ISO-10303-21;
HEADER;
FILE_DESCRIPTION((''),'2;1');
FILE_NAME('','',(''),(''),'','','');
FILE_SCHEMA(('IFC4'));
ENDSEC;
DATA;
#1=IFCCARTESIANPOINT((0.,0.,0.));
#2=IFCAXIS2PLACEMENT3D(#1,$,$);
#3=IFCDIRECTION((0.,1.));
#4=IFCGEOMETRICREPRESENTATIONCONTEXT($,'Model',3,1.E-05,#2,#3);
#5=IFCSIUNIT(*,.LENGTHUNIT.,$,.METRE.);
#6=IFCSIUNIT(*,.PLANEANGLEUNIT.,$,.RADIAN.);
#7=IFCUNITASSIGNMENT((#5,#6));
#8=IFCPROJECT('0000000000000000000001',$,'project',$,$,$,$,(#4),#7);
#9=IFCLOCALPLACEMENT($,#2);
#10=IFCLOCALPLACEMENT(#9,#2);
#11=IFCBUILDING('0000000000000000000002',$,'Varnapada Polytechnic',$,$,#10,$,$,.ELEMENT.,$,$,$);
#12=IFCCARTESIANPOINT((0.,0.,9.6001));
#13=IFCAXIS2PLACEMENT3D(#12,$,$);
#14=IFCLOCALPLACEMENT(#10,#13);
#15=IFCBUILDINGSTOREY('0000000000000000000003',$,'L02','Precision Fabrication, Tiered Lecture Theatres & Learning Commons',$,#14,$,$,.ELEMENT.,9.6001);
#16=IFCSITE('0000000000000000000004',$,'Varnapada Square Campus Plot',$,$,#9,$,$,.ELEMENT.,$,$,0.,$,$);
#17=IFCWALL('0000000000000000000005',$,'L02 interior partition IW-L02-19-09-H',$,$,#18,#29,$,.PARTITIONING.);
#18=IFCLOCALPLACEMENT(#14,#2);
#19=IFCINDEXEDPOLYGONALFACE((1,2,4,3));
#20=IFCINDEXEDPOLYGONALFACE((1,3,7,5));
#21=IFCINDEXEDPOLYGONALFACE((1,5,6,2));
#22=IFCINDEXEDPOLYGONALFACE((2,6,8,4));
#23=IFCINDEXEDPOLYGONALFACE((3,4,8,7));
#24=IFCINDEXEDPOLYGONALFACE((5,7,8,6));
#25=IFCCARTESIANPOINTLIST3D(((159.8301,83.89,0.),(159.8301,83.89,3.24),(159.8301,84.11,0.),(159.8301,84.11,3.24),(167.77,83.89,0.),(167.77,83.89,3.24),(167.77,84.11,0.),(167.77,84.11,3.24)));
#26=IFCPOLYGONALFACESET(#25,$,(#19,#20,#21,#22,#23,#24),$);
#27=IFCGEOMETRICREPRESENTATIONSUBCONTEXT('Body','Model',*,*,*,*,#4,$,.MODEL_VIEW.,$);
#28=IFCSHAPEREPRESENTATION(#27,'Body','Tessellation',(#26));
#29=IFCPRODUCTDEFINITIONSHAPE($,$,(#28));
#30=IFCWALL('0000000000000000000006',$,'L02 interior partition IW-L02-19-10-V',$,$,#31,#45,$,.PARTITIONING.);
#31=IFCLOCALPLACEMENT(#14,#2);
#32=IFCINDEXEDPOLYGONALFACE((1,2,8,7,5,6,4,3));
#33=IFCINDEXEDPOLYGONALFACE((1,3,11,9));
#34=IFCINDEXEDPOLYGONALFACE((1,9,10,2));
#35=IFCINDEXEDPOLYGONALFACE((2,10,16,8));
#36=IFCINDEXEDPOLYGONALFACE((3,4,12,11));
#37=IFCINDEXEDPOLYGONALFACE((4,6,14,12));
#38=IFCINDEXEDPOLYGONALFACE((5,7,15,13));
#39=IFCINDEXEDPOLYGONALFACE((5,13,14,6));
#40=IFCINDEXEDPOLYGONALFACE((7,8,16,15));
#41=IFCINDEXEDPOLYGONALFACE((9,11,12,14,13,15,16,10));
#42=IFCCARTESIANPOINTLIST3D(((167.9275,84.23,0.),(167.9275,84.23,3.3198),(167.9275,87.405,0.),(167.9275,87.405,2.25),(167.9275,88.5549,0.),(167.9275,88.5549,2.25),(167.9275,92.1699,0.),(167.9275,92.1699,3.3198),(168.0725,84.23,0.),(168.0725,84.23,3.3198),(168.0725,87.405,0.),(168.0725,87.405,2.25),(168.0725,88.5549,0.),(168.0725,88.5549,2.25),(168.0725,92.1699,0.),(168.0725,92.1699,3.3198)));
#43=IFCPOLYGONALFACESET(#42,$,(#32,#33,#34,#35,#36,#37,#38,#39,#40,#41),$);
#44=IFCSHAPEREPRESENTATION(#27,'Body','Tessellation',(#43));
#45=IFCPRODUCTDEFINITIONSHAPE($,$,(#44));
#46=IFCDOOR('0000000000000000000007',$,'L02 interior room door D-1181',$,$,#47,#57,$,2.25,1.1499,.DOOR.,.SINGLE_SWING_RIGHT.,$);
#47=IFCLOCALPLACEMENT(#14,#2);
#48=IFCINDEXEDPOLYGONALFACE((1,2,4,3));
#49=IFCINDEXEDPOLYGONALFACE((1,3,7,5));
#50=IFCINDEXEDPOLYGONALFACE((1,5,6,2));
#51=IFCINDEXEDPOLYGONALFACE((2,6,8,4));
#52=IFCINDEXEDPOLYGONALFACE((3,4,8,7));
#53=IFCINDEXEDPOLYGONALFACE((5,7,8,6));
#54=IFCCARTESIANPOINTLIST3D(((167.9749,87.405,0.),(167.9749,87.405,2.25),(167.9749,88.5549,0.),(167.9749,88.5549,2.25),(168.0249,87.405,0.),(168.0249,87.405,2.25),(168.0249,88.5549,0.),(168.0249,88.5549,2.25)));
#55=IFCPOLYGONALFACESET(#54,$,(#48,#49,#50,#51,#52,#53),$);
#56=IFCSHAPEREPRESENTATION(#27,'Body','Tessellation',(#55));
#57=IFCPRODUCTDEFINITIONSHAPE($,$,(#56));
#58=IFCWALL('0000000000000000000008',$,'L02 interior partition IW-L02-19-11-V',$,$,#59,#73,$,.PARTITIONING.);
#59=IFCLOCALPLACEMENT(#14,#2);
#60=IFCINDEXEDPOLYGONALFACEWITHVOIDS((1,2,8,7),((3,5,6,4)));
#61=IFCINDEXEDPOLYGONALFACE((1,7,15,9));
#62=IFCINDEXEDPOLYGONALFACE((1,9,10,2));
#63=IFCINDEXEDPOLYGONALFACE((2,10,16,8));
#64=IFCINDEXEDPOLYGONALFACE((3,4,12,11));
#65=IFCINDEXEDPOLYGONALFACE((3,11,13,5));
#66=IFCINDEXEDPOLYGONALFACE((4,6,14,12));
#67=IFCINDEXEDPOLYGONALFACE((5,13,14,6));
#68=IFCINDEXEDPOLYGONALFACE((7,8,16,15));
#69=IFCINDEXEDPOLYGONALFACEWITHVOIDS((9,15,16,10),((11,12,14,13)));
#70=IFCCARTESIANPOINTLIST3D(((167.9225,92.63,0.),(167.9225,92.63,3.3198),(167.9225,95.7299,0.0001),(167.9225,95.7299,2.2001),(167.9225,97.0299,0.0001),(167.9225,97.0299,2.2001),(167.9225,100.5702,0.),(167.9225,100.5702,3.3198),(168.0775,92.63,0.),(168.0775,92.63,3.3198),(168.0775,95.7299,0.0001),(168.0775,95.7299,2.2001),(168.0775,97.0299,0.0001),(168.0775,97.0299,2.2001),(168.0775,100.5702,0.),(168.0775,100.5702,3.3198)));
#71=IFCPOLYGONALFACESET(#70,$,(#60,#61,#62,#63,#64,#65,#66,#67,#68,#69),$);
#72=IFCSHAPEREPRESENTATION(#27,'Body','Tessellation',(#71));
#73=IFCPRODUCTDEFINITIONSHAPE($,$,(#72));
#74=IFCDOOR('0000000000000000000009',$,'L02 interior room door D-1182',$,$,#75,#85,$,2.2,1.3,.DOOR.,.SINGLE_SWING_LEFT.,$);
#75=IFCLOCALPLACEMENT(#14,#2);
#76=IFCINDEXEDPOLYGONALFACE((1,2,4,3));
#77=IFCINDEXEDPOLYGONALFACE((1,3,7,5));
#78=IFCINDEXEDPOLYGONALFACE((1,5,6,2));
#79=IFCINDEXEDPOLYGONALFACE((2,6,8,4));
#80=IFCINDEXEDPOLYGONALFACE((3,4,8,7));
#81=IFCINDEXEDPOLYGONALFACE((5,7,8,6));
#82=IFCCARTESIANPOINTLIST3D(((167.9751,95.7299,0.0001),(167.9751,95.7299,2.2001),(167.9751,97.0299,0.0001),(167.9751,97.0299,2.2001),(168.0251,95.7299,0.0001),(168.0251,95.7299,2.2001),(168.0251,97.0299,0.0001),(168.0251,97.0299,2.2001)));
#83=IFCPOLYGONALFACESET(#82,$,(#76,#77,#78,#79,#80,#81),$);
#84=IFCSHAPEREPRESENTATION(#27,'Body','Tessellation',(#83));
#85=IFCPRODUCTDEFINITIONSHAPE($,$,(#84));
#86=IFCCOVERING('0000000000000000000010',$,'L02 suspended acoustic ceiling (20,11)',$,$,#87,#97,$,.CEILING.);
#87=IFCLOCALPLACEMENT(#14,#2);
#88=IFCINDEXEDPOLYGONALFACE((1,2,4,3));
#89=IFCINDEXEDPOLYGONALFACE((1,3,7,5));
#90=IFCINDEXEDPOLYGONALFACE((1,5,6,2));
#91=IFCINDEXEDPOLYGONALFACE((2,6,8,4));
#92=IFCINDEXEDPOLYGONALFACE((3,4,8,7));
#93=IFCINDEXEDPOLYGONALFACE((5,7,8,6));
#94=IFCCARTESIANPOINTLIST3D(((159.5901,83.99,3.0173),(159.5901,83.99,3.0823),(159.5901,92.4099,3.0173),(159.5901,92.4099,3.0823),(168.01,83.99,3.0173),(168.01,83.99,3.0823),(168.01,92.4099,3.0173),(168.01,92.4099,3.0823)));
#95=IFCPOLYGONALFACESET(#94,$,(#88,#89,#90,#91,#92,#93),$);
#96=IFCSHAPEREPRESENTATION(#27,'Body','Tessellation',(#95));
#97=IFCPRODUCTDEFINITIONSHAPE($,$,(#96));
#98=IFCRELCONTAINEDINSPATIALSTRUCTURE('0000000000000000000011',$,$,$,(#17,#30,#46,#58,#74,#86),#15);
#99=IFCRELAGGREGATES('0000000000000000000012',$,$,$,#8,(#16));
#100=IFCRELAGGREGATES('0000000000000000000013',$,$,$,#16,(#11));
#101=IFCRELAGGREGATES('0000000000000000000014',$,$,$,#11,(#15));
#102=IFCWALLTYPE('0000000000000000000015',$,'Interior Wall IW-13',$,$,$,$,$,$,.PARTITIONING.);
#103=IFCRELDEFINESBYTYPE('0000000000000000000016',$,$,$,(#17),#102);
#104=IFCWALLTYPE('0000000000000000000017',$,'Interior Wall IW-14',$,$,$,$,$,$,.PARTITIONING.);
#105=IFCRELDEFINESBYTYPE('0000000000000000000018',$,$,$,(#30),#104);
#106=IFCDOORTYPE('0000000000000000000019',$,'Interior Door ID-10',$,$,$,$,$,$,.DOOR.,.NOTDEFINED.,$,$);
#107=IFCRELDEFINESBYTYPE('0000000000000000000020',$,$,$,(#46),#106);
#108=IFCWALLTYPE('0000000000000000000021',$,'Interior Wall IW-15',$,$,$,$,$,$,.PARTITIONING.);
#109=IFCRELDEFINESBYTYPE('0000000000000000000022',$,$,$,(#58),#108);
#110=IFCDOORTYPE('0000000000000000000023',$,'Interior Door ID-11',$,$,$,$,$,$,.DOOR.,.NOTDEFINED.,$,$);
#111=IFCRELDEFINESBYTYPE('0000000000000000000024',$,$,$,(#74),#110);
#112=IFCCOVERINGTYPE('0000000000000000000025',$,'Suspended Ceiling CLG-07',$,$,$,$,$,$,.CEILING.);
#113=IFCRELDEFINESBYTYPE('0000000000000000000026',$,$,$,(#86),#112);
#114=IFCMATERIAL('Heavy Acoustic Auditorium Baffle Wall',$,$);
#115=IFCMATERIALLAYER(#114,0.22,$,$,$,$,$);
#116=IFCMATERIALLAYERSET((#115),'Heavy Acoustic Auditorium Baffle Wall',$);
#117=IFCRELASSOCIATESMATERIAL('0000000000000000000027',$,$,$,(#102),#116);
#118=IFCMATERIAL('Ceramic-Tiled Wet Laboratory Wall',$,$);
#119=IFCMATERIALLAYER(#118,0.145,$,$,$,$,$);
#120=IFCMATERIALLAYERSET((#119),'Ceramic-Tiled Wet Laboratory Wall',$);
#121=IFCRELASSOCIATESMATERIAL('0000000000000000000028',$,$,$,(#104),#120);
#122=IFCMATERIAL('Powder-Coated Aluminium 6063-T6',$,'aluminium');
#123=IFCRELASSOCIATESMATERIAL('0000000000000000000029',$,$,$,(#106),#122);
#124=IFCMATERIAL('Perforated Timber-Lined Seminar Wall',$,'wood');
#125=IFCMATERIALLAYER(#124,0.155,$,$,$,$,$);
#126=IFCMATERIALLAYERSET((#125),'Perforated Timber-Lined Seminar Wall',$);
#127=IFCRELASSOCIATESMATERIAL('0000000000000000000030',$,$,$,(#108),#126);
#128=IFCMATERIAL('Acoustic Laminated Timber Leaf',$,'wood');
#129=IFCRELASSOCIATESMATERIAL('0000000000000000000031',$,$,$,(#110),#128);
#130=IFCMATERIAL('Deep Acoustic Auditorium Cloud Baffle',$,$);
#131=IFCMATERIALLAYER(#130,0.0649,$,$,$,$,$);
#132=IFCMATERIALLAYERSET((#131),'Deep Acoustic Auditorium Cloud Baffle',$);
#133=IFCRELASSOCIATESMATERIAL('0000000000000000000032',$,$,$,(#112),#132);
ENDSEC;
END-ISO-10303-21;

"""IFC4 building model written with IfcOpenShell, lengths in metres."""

from ifc_helpers import new_model, si_unit, direction, frame, frame_2d, origin, origin_2d, place, context, subcontext, project, spatial, rectangle, extrude, material, layer, layer_set, type_object, element, fill, save


model = new_model("IFC4")

# Units and contexts
model_context = context("Model", 3, precision=1e-05, world=origin(), true_north=direction((0.0, 1.0)))
body_context = subcontext(model_context, "Body", "Model", "MODEL_VIEW")
ifc_project = project(units=[si_unit("LENGTHUNIT", "METRE"), si_unit("PLANEANGLEUNIT", "RADIAN")], contexts=[model_context])

# Site, building, storey
site_placement = place(None, origin())
site = spatial("IfcSite", under=ifc_project, at=site_placement, Name="Varnapada Square Campus Plot", CompositionType="ELEMENT", RefElevation=0.0)
building_placement = place(site_placement, origin())
building = spatial("IfcBuilding", under=site, at=building_placement, Name="Varnapada Polytechnic", CompositionType="ELEMENT")
storey_placement = place(building_placement, frame((0.0, 0.0, 9.6001)))
storey = spatial("IfcBuildingStorey", under=building, at=storey_placement, Name="L02", Description="Precision Fabrication, Tiered Lecture Theatres & Learning Commons", CompositionType="ELEMENT", Elevation=9.6001)

# Wall
ifc_material_1 = material(Name="Heavy Acoustic Auditorium Baffle Wall")
ifc_layer_1 = layer(ifc_material_1, 0.22)
ifc_layer_set_1 = layer_set([ifc_layer_1], Name="Heavy Acoustic Auditorium Baffle Wall")
wall_type_1 = type_object("IfcWallType", Name="Interior Wall IW-13", PredefinedType="PARTITIONING", material=ifc_layer_set_1)
wall_1_placement = place(storey_placement, frame((159.8301, 84.0, 0.0), z_axis=(0.0, 0.0, 1.0), x_axis=(1.0, 0.0, 0.0)))
element("IfcWall", 1, at=wall_1_placement, inside=storey, type_object=wall_type_1, Name="L02 interior partition IW-L02-19-09-H", PredefinedType="PARTITIONING", context=body_context, shape_type="SweptSolid", body=[
    extrude(rectangle(XDim=7.9399, YDim=0.22, at=frame_2d((3.97, 0.0))), origin(), (0.0, 0.0, 1.0), 3.24),
])

# Walls, openings, doors
ifc_material_2 = material(Name="Ceramic-Tiled Wet Laboratory Wall")
ifc_layer_2 = layer(ifc_material_2, 0.145)
ifc_layer_set_2 = layer_set([ifc_layer_2], Name="Ceramic-Tiled Wet Laboratory Wall")
wall_type_2 = type_object("IfcWallType", Name="Interior Wall IW-14", PredefinedType="PARTITIONING", material=ifc_layer_set_2)
wall_2_placement = place(storey_placement, frame((168.0, 84.23, 0.0), z_axis=(0.0, 0.0, 1.0), x_axis=(0.0, 1.0, 0.0)))
wall_2 = element("IfcWall", 2, at=wall_2_placement, inside=storey, type_object=wall_type_2, Name="L02 interior partition IW-L02-19-10-V", PredefinedType="PARTITIONING", context=body_context, shape_type="SweptSolid", body=[
    extrude(rectangle(XDim=7.9399, YDim=0.145, at=frame_2d((3.97, 0.0))), origin(), (0.0, 0.0, 1.0), 3.3198),
])
opening_1_placement = place(wall_2_placement, frame((3.175, 0.0, 0.0)))
opening_1 = element("IfcOpeningElement", 3, at=opening_1_placement, cuts=wall_2, PredefinedType="OPENING", context=body_context, shape_type="SweptSolid", body=[
    extrude(rectangle(XDim=1.1499, YDim=2.25, at=frame_2d((0.575, 1.125))), frame((0.0, 0.0825, 0.0), z_axis=(0.0, -1.0, 0.0), x_axis=(1.0, 0.0, 0.0)), (0.0, 0.0, 1.0), 0.165),
])
ifc_material_3 = material(Name="Powder-Coated Aluminium 6063-T6", Category="aluminium")
door_type_1 = type_object("IfcDoorType", Name="Interior Door ID-10", OperationType="NOTDEFINED", PredefinedType="DOOR", material=ifc_material_3)
door_1_placement = place(opening_1_placement, frame((1.1499, 0.0, 0.0), z_axis=(0.0, 0.0, 1.0), x_axis=(-1.0, 0.0, 0.0)))
door_1 = element("IfcDoor", 4, at=door_1_placement, inside=storey, type_object=door_type_1, Name="L02 interior room door D-1181", OperationType="SINGLE_SWING_RIGHT", OverallHeight=2.25, OverallWidth=1.1499, PredefinedType="DOOR", context=body_context, shape_type="SweptSolid", body=[
    extrude(rectangle(XDim=1.1499, YDim=2.25, at=frame_2d((0.575, 1.125))), frame((0.0, 0.0249, 0.0), z_axis=(0.0, -1.0, 0.0), x_axis=(1.0, 0.0, 0.0)), (0.0, 0.0, 1.0), 0.05),
])
fill(opening_1, door_1)
ifc_material_4 = material(Name="Perforated Timber-Lined Seminar Wall", Category="wood")
ifc_layer_3 = layer(ifc_material_4, 0.155)
ifc_layer_set_3 = layer_set([ifc_layer_3], Name="Perforated Timber-Lined Seminar Wall")
wall_type_3 = type_object("IfcWallType", Name="Interior Wall IW-15", PredefinedType="PARTITIONING", material=ifc_layer_set_3)
wall_3_placement = place(storey_placement, frame((168.0, 92.6299, 0.0), z_axis=(0.0, 0.0, 1.0), x_axis=(0.0, 1.0, 0.0)))
wall_3 = element("IfcWall", 5, at=wall_3_placement, inside=storey, type_object=wall_type_3, Name="L02 interior partition IW-L02-19-11-V", PredefinedType="PARTITIONING", context=body_context, shape_type="SweptSolid", body=[
    extrude(rectangle(XDim=7.9402, YDim=0.155, at=frame_2d((3.9702, 0.0))), origin(), (0.0, 0.0, 1.0), 3.3198),
])
opening_2_placement = place(wall_3_placement, frame((3.1001, 0.0, 0.0)))
opening_2 = element("IfcOpeningElement", 6, at=opening_2_placement, cuts=wall_3, PredefinedType="OPENING", context=body_context, shape_type="SweptSolid", body=[
    extrude(rectangle(XDim=1.3, YDim=2.2, at=frame_2d((0.6499, 1.1001))), frame((0.0, 0.0874, 0.0), z_axis=(0.0, -1.0, 0.0), x_axis=(1.0, 0.0, 0.0)), (0.0, 0.0, 1.0), 0.175),
])
ifc_material_5 = material(Name="Acoustic Laminated Timber Leaf", Category="wood")
door_type_2 = type_object("IfcDoorType", Name="Interior Door ID-11", OperationType="NOTDEFINED", PredefinedType="DOOR", material=ifc_material_5)
door_2_placement = place(opening_2_placement, origin())
door_2 = element("IfcDoor", 7, at=door_2_placement, inside=storey, type_object=door_type_2, Name="L02 interior room door D-1182", OperationType="SINGLE_SWING_LEFT", OverallHeight=2.2, OverallWidth=1.3, PredefinedType="DOOR", context=body_context, shape_type="SweptSolid", body=[
    extrude(rectangle(XDim=1.3, YDim=2.2, at=frame_2d((0.6499, 1.1001))), frame((0.0, 0.0249, 0.0), z_axis=(0.0, -1.0, 0.0), x_axis=(1.0, 0.0, 0.0)), (0.0, 0.0, 1.0), 0.05),
])
fill(opening_2, door_2)

# Covering
ifc_material_6 = material(Name="Deep Acoustic Auditorium Cloud Baffle")
ifc_layer_4 = layer(ifc_material_6, 0.0649)
ifc_layer_set_4 = layer_set([ifc_layer_4], Name="Deep Acoustic Auditorium Cloud Baffle")
covering_type = type_object("IfcCoveringType", Name="Suspended Ceiling CLG-07", PredefinedType="CEILING", material=ifc_layer_set_4)
covering_placement = place(storey_placement, frame((163.8, 88.2, 3.0173), z_axis=(0.0, 0.0, 1.0), x_axis=(1.0, 0.0, 0.0)))
element("IfcCovering", 8, at=covering_placement, inside=storey, type_object=covering_type, Name="L02 suspended acoustic ceiling (20,11)", PredefinedType="CEILING", context=body_context, shape_type="SweptSolid", body=[
    extrude(rectangle(XDim=8.4199, YDim=8.4199, at=origin_2d()), origin(), (0.0, 0.0, 1.0), 0.0649),
])

save(model, "model.ifc")
